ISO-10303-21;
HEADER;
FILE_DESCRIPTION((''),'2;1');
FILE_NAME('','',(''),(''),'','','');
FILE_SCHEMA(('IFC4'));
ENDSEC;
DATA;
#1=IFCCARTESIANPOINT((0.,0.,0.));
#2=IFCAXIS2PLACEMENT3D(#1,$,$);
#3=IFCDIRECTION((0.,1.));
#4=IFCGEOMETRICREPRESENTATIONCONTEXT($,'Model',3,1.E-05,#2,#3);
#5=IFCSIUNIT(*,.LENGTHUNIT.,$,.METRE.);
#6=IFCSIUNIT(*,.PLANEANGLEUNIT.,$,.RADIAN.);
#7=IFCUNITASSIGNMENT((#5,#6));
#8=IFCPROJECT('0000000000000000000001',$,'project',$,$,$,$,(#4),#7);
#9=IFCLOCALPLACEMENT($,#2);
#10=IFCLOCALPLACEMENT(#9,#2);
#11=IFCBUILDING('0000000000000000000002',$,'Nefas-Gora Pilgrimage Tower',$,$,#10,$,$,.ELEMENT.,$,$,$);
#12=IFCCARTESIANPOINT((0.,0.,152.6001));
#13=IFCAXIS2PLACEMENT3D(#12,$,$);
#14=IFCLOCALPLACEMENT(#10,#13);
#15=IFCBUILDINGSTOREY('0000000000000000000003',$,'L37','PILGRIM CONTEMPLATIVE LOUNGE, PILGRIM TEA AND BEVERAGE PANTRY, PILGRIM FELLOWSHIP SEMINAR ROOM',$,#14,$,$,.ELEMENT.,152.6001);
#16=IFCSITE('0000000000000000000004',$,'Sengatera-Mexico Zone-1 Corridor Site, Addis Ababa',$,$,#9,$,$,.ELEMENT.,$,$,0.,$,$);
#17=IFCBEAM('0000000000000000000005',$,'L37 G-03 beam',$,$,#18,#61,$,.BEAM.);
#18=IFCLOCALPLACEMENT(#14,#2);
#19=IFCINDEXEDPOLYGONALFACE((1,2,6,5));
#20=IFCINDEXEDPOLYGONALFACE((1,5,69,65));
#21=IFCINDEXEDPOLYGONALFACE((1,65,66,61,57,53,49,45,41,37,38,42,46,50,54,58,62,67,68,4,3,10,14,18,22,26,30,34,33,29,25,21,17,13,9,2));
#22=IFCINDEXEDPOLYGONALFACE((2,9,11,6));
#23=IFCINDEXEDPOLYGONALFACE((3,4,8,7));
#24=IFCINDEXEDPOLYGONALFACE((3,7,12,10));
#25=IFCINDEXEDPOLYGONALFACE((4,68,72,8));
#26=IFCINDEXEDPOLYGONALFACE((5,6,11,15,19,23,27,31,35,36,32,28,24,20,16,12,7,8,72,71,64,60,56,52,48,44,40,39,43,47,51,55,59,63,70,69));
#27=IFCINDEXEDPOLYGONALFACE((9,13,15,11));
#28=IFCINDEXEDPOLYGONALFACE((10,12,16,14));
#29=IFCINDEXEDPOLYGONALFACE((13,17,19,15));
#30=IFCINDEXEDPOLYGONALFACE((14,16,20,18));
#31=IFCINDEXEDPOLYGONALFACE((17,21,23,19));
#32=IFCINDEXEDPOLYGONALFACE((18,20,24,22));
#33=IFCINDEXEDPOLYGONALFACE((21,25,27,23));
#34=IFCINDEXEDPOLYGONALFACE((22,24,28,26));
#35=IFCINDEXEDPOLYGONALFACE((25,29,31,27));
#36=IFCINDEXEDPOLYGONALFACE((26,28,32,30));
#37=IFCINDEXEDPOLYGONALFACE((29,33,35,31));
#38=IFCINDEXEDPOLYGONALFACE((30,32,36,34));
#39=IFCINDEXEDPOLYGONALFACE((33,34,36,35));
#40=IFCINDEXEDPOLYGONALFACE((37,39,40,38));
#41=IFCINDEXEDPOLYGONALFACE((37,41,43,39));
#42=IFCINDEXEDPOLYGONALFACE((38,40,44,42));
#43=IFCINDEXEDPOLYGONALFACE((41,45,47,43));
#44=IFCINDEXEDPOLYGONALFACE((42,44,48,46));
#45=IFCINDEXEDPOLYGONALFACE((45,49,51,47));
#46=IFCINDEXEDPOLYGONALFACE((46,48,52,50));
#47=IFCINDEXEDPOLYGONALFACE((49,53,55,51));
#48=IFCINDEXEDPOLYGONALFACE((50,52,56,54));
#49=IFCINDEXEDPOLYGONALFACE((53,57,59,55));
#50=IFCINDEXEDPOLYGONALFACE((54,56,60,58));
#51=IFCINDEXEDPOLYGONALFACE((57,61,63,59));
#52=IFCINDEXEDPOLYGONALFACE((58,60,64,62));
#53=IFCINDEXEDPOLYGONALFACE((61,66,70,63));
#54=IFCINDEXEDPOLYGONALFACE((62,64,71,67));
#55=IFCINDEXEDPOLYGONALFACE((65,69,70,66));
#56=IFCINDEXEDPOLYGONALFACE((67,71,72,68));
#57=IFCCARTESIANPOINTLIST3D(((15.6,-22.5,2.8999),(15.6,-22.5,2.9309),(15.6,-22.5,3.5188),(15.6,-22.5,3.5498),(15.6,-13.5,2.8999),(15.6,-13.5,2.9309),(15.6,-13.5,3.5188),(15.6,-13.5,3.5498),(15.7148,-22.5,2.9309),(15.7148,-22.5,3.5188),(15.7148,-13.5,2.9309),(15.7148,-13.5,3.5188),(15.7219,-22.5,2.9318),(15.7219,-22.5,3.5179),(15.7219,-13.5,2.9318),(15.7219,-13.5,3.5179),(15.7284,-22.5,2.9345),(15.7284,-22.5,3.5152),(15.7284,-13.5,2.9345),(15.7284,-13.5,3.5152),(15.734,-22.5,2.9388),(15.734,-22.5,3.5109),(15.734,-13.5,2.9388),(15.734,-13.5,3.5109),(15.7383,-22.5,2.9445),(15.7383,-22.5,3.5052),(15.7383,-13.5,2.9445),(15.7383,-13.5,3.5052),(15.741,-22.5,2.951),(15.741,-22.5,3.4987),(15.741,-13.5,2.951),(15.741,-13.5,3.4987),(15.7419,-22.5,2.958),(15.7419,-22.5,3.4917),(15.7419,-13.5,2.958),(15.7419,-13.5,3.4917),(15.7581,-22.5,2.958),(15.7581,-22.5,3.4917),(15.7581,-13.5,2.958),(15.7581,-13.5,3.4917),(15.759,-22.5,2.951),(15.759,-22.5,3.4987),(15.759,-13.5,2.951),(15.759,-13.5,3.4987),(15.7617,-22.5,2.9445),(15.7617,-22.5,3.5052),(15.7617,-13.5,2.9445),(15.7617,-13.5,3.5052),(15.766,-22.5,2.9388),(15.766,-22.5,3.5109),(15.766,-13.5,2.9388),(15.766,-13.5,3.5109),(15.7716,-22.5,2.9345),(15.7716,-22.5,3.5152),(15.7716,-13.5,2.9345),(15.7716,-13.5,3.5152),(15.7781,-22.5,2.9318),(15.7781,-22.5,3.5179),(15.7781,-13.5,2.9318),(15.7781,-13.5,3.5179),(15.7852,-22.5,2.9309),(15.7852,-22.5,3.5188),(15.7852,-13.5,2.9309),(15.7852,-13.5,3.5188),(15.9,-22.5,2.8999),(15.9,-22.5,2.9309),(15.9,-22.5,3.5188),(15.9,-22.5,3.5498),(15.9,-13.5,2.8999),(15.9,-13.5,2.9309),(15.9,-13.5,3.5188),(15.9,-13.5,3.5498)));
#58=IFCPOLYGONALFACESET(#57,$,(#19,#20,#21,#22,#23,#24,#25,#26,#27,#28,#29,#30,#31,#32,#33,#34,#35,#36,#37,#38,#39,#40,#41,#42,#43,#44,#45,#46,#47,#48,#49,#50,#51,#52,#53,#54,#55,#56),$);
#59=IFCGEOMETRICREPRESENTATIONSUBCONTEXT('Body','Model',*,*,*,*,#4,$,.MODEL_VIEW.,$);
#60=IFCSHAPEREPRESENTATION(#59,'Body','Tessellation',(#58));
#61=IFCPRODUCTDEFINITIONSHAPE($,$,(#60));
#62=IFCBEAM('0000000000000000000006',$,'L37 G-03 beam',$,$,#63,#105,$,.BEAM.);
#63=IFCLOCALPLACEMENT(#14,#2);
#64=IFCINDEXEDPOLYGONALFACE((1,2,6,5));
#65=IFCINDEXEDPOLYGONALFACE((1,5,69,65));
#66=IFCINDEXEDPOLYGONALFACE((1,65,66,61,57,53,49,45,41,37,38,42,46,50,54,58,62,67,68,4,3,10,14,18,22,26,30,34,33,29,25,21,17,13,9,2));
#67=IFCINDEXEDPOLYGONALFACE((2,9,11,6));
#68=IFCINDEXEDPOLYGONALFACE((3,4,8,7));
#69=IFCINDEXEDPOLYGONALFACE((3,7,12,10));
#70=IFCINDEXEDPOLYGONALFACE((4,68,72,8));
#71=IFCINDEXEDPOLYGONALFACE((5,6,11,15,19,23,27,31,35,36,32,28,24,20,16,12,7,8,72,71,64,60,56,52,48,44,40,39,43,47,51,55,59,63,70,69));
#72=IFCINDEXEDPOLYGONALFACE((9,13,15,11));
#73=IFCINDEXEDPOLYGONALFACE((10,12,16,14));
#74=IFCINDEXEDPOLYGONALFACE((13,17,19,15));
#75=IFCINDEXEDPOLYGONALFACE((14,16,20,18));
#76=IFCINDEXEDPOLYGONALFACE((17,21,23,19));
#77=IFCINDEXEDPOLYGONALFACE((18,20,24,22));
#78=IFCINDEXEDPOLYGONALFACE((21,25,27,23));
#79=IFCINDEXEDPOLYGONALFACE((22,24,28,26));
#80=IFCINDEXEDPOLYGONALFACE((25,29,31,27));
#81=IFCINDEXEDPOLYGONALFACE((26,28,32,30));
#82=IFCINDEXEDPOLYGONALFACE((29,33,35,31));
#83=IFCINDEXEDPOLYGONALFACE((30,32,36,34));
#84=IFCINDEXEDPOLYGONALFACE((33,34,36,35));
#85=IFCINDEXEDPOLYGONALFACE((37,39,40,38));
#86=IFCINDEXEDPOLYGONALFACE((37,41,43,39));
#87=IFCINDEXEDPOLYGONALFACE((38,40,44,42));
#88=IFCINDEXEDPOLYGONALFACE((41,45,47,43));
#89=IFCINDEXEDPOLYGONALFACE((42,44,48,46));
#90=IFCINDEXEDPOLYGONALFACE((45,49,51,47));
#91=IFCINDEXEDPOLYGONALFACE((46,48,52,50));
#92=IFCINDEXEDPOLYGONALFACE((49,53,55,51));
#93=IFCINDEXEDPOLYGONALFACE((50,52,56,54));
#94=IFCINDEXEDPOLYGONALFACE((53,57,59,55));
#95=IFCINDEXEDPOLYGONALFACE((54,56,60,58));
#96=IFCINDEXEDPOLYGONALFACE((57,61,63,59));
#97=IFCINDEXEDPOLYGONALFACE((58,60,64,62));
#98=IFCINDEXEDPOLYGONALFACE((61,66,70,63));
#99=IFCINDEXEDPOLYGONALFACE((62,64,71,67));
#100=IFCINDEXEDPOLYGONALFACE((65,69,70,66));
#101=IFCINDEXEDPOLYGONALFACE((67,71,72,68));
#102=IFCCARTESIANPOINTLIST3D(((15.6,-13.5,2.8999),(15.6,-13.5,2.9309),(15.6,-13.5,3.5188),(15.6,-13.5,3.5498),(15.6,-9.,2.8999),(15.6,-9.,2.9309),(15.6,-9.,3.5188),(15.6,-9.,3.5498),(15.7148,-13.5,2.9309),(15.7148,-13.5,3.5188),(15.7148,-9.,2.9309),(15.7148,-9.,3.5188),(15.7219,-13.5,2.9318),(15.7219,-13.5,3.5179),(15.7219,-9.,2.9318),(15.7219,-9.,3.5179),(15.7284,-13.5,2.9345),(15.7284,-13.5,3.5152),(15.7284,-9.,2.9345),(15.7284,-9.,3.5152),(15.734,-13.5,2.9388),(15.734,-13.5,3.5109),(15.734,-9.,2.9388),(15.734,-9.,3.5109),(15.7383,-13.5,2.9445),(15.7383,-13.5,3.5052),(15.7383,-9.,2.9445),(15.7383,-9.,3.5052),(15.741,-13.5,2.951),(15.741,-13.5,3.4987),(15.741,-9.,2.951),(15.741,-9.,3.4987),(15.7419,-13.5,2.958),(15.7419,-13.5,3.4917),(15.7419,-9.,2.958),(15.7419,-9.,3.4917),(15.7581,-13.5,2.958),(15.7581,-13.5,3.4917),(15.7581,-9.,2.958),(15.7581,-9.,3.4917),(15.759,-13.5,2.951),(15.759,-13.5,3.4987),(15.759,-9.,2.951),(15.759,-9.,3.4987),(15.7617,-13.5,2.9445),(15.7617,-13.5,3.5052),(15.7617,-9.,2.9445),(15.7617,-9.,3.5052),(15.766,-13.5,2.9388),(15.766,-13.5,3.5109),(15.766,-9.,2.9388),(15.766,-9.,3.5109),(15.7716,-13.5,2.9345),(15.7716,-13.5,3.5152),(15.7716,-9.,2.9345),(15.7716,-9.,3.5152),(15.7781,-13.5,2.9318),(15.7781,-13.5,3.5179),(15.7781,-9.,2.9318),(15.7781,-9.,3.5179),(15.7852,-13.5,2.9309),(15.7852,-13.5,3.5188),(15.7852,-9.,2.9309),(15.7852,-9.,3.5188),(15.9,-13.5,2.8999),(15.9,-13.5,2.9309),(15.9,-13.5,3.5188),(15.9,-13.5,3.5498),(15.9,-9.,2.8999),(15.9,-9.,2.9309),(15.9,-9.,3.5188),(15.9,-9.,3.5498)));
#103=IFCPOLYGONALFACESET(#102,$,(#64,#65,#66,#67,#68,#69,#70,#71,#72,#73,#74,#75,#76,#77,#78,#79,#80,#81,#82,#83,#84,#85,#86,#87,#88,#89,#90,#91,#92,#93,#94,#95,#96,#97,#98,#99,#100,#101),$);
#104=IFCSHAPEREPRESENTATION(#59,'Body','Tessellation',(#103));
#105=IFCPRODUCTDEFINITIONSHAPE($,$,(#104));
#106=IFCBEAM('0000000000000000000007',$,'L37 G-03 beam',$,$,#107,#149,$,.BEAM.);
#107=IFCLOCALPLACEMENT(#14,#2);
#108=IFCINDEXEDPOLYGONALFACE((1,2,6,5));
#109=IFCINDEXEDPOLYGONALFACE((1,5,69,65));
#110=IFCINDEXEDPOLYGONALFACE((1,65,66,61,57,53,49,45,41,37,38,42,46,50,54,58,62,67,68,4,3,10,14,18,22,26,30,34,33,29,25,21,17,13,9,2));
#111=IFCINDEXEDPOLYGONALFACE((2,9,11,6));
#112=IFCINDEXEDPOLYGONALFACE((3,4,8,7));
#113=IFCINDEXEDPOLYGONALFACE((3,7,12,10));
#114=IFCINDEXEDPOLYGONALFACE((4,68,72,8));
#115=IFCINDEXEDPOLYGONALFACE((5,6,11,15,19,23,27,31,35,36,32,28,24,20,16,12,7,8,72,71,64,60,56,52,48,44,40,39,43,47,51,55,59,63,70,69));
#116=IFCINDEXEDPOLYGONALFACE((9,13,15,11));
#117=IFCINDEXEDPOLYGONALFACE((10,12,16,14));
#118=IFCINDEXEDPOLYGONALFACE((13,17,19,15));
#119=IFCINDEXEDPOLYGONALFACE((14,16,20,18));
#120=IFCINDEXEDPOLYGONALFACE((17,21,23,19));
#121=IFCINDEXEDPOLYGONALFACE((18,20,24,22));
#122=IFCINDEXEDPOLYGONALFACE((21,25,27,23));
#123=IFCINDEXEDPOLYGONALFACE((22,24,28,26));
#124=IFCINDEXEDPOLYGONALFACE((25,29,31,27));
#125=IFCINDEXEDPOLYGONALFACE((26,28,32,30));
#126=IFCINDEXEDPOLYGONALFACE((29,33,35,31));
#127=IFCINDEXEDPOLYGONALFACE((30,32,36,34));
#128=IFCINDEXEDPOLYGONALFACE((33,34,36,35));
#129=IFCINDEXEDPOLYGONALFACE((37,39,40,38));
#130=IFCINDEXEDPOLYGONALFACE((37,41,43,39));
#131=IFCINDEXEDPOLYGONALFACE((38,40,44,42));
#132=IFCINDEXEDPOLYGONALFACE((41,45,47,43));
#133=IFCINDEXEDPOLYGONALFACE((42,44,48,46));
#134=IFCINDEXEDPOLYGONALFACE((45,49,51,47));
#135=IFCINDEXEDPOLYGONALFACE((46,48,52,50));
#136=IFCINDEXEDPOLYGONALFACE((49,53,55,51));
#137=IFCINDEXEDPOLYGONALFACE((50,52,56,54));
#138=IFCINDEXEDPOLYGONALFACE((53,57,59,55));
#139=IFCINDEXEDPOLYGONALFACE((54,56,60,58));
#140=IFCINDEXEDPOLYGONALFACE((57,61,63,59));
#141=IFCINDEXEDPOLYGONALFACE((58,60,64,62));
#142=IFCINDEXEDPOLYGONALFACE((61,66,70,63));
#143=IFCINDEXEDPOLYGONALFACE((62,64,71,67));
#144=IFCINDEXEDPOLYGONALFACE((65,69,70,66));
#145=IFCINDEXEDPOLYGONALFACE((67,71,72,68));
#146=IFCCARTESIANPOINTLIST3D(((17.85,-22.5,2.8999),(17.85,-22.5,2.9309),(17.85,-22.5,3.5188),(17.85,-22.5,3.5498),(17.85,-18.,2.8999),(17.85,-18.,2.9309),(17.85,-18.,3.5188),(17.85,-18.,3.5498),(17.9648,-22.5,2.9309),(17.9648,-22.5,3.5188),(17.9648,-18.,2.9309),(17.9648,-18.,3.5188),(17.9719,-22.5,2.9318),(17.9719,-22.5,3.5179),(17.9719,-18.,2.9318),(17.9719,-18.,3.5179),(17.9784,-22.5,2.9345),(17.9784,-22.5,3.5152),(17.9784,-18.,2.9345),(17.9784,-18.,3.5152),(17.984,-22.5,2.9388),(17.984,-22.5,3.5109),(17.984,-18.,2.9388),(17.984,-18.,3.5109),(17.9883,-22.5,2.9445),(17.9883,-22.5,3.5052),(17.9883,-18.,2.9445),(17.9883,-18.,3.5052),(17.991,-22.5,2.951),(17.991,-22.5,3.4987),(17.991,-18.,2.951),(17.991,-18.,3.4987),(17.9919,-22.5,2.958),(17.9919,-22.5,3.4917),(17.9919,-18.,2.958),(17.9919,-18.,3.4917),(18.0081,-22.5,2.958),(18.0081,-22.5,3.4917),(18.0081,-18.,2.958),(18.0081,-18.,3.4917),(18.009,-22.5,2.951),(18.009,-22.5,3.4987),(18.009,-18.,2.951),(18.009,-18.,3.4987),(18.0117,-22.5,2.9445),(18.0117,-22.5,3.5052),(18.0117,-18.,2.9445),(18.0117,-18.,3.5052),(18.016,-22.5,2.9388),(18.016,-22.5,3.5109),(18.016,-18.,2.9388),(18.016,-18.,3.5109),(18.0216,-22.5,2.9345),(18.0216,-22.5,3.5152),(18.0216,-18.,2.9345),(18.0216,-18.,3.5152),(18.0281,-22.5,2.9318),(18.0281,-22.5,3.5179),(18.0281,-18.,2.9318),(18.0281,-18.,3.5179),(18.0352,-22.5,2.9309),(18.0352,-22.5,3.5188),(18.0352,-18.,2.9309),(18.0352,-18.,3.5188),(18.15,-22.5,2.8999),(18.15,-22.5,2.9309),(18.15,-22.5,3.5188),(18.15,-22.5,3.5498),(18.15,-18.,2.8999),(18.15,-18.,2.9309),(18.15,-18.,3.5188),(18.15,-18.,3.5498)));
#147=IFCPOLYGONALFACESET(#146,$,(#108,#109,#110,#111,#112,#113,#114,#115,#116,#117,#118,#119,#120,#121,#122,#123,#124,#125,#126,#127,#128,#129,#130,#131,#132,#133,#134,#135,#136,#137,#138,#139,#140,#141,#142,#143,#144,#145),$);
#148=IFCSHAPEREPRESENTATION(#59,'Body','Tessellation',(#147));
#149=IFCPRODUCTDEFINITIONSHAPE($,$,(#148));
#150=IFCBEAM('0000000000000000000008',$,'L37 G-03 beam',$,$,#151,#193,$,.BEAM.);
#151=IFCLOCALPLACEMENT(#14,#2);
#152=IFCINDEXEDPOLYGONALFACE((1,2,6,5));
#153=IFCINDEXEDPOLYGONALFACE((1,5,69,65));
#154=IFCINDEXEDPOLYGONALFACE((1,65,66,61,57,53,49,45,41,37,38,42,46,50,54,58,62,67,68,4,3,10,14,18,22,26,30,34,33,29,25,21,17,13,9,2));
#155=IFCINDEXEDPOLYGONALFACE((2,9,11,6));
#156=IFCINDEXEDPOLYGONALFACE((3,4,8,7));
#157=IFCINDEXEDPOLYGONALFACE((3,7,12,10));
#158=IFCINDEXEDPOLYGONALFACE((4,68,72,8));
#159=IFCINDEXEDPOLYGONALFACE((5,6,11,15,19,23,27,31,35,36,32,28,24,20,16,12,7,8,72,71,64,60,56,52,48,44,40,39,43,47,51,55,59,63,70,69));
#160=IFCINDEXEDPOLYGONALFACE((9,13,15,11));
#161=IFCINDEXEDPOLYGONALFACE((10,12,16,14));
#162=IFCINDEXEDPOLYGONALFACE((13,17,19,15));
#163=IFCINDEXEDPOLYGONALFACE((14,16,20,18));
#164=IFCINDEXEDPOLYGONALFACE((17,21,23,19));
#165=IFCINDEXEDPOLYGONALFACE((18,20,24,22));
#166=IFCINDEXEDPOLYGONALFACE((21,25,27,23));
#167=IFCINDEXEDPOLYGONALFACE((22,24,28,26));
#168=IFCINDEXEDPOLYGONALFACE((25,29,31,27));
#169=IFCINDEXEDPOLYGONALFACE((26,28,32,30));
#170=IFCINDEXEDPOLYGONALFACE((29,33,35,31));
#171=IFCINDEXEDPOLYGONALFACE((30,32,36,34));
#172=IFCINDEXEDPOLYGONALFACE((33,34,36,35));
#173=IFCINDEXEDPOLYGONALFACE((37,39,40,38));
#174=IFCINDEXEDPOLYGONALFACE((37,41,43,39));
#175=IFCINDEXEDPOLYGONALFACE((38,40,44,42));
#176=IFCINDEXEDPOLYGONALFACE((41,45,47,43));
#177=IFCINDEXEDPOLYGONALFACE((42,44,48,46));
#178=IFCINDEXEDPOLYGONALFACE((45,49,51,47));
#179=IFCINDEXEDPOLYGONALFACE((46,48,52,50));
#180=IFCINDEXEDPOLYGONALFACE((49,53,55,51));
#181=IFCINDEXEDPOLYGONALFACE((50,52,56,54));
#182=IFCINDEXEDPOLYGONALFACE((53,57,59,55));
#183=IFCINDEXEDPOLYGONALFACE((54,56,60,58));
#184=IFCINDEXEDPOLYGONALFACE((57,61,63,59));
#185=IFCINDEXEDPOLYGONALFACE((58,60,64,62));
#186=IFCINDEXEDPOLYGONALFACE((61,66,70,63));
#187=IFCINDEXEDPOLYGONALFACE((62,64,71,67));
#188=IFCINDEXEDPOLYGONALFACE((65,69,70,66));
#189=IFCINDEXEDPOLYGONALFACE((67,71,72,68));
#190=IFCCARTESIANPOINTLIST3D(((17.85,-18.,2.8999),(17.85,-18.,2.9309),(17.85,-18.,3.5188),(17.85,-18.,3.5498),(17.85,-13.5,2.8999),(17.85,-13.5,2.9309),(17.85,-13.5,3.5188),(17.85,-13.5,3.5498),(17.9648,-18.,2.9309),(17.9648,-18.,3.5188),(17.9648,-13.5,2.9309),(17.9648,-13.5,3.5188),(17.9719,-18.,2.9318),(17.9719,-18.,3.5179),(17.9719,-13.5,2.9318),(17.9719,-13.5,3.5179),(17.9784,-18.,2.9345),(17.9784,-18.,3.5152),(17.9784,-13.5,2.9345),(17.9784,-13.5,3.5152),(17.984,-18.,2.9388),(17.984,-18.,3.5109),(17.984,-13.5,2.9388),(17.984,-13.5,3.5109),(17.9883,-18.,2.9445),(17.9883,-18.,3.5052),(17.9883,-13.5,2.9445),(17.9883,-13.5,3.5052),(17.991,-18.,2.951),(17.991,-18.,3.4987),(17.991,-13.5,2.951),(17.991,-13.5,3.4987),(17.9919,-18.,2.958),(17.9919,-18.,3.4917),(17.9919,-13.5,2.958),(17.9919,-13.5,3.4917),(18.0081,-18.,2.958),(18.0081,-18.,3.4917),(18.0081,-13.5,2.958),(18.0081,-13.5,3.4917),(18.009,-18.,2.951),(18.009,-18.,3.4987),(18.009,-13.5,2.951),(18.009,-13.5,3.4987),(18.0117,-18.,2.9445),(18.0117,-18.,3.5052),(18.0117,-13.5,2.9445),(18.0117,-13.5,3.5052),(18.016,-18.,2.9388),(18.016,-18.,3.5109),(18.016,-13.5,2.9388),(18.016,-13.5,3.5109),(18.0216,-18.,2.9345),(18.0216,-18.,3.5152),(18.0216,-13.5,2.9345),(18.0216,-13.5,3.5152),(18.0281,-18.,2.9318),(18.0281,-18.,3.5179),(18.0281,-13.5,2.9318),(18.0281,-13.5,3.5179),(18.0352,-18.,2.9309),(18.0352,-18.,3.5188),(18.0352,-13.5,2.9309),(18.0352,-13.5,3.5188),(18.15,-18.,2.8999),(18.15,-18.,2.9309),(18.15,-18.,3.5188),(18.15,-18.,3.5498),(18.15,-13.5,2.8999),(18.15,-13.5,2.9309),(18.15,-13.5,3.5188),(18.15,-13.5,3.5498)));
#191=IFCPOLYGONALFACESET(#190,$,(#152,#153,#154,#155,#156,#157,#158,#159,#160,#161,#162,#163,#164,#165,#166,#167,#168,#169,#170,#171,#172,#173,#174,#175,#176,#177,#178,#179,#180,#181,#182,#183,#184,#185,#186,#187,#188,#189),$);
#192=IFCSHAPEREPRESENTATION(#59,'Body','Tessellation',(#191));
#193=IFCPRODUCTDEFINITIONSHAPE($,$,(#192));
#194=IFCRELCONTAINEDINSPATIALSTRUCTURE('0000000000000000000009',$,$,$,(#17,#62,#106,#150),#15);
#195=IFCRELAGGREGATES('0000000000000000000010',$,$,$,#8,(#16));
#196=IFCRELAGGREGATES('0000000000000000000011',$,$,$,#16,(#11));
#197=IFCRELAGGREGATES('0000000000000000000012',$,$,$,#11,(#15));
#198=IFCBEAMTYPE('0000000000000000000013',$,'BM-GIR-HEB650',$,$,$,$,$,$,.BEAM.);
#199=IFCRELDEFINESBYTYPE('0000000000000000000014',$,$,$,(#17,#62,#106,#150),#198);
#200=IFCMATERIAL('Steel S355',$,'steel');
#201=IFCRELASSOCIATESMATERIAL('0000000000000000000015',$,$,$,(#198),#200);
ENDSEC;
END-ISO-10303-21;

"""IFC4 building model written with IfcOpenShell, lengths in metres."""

from ifc_helpers import new_model, si_unit, direction, frame, origin, origin_2d, place, context, subcontext, project, spatial, i_section, extrude, source, transform, mapped, material, material_profile, profile_set, type_object, element, save


model = new_model("IFC4")

# Units and contexts
model_context = context("Model", 3, precision=1e-05, world=origin(), true_north=direction((0.0, 1.0)))
body_context = subcontext(model_context, "Body", "Model", "MODEL_VIEW")
ifc_project = project(units=[si_unit("LENGTHUNIT", "METRE"), si_unit("PLANEANGLEUNIT", "RADIAN")], contexts=[model_context])

# Site, building, storey
site_placement = place(None, origin())
site = spatial("IfcSite", under=ifc_project, at=site_placement, Name="Sengatera-Mexico Zone-1 Corridor Site, Addis Ababa", CompositionType="ELEMENT", RefElevation=0.0)
building_placement = place(site_placement, origin())
building = spatial("IfcBuilding", under=site, at=building_placement, Name="Nefas-Gora Pilgrimage Tower", CompositionType="ELEMENT")
storey_placement = place(building_placement, frame((0.0, 0.0, 152.6001)))
storey = spatial("IfcBuildingStorey", under=building, at=storey_placement, Name="L37", Description="PILGRIM CONTEMPLATIVE LOUNGE, PILGRIM TEA AND BEVERAGE PANTRY, PILGRIM FELLOWSHIP SEMINAR ROOM", CompositionType="ELEMENT", Elevation=152.6001)

# Beams
ifc_material_1 = material(Name="Steel S355", Category="steel")
ifc_material_profile_1 = material_profile(ifc_material_1, i_section(OverallWidth=0.3, OverallDepth=0.6499, WebThickness=0.0161, FlangeThickness=0.031, FilletRadius=0.0271, at=origin_2d()), Name="HEB 650")
ifc_profile_set_1 = profile_set([ifc_material_profile_1], Name="Steel S355")
beam_type_1 = type_object("IfcBeamType", Name="BM-GIR-HEB650", PredefinedType="BEAM", material=ifc_profile_set_1)
shared_shape_1 = source(origin(), body_context, "Body", "SweptSolid", [
    extrude(i_section(OverallWidth=0.3, OverallDepth=0.6499, WebThickness=0.0161, FlangeThickness=0.031, FilletRadius=0.0271, at=origin_2d()), origin(), (0.0, 0.0, 1.0), 9.0),
])
for number, where, z_axis, x_axis, name in (
    (1, (15.75, -22.5, 3.2249), (0.0, 1.0, 0.0), (-1.0, 0.0, 0.0), "L37 G-03 beam"),
):
    element("IfcBeam", number, at=place(storey_placement, frame(where, z_axis=z_axis, x_axis=x_axis)), inside=storey, type_object=beam_type_1, Name=name, PredefinedType="BEAM", context=body_context, shape_type="MappedRepresentation", body=[
        mapped(shared_shape_1, transform((0.0, 0.0, 0.0), x_axis=(1.0, 0.0, 0.0), y_axis=(0.0, 1.0, 0.0), z_axis=(0.0, 0.0, 1.0), scale=1.0)),
    ])
shared_shape_2 = source(origin(), body_context, "Body", "SweptSolid", [
    extrude(i_section(OverallWidth=0.3, OverallDepth=0.6499, WebThickness=0.0161, FlangeThickness=0.031, FilletRadius=0.0271, at=origin_2d()), origin(), (0.0, 0.0, 1.0), 4.5),
])
for number, where, z_axis, x_axis, name in (
    (2, (15.75, -13.5, 3.2249), (0.0, 1.0, 0.0), (-1.0, 0.0, 0.0), "L37 G-03 beam"),
    (3, (18.0, -22.5, 3.2249), (0.0, 1.0, 0.0), (-1.0, 0.0, 0.0), "L37 G-03 beam"),
    (4, (18.0, -18.0, 3.2249), (0.0, 1.0, 0.0), (-1.0, 0.0, 0.0), "L37 G-03 beam"),
):
    element("IfcBeam", number, at=place(storey_placement, frame(where, z_axis=z_axis, x_axis=x_axis)), inside=storey, type_object=beam_type_1, Name=name, PredefinedType="BEAM", context=body_context, shape_type="MappedRepresentation", body=[
        mapped(shared_shape_2, transform((0.0, 0.0, 0.0), x_axis=(1.0, 0.0, 0.0), y_axis=(0.0, 1.0, 0.0), z_axis=(0.0, 0.0, 1.0), scale=1.0)),
    ])

save(model, "model.ifc")
